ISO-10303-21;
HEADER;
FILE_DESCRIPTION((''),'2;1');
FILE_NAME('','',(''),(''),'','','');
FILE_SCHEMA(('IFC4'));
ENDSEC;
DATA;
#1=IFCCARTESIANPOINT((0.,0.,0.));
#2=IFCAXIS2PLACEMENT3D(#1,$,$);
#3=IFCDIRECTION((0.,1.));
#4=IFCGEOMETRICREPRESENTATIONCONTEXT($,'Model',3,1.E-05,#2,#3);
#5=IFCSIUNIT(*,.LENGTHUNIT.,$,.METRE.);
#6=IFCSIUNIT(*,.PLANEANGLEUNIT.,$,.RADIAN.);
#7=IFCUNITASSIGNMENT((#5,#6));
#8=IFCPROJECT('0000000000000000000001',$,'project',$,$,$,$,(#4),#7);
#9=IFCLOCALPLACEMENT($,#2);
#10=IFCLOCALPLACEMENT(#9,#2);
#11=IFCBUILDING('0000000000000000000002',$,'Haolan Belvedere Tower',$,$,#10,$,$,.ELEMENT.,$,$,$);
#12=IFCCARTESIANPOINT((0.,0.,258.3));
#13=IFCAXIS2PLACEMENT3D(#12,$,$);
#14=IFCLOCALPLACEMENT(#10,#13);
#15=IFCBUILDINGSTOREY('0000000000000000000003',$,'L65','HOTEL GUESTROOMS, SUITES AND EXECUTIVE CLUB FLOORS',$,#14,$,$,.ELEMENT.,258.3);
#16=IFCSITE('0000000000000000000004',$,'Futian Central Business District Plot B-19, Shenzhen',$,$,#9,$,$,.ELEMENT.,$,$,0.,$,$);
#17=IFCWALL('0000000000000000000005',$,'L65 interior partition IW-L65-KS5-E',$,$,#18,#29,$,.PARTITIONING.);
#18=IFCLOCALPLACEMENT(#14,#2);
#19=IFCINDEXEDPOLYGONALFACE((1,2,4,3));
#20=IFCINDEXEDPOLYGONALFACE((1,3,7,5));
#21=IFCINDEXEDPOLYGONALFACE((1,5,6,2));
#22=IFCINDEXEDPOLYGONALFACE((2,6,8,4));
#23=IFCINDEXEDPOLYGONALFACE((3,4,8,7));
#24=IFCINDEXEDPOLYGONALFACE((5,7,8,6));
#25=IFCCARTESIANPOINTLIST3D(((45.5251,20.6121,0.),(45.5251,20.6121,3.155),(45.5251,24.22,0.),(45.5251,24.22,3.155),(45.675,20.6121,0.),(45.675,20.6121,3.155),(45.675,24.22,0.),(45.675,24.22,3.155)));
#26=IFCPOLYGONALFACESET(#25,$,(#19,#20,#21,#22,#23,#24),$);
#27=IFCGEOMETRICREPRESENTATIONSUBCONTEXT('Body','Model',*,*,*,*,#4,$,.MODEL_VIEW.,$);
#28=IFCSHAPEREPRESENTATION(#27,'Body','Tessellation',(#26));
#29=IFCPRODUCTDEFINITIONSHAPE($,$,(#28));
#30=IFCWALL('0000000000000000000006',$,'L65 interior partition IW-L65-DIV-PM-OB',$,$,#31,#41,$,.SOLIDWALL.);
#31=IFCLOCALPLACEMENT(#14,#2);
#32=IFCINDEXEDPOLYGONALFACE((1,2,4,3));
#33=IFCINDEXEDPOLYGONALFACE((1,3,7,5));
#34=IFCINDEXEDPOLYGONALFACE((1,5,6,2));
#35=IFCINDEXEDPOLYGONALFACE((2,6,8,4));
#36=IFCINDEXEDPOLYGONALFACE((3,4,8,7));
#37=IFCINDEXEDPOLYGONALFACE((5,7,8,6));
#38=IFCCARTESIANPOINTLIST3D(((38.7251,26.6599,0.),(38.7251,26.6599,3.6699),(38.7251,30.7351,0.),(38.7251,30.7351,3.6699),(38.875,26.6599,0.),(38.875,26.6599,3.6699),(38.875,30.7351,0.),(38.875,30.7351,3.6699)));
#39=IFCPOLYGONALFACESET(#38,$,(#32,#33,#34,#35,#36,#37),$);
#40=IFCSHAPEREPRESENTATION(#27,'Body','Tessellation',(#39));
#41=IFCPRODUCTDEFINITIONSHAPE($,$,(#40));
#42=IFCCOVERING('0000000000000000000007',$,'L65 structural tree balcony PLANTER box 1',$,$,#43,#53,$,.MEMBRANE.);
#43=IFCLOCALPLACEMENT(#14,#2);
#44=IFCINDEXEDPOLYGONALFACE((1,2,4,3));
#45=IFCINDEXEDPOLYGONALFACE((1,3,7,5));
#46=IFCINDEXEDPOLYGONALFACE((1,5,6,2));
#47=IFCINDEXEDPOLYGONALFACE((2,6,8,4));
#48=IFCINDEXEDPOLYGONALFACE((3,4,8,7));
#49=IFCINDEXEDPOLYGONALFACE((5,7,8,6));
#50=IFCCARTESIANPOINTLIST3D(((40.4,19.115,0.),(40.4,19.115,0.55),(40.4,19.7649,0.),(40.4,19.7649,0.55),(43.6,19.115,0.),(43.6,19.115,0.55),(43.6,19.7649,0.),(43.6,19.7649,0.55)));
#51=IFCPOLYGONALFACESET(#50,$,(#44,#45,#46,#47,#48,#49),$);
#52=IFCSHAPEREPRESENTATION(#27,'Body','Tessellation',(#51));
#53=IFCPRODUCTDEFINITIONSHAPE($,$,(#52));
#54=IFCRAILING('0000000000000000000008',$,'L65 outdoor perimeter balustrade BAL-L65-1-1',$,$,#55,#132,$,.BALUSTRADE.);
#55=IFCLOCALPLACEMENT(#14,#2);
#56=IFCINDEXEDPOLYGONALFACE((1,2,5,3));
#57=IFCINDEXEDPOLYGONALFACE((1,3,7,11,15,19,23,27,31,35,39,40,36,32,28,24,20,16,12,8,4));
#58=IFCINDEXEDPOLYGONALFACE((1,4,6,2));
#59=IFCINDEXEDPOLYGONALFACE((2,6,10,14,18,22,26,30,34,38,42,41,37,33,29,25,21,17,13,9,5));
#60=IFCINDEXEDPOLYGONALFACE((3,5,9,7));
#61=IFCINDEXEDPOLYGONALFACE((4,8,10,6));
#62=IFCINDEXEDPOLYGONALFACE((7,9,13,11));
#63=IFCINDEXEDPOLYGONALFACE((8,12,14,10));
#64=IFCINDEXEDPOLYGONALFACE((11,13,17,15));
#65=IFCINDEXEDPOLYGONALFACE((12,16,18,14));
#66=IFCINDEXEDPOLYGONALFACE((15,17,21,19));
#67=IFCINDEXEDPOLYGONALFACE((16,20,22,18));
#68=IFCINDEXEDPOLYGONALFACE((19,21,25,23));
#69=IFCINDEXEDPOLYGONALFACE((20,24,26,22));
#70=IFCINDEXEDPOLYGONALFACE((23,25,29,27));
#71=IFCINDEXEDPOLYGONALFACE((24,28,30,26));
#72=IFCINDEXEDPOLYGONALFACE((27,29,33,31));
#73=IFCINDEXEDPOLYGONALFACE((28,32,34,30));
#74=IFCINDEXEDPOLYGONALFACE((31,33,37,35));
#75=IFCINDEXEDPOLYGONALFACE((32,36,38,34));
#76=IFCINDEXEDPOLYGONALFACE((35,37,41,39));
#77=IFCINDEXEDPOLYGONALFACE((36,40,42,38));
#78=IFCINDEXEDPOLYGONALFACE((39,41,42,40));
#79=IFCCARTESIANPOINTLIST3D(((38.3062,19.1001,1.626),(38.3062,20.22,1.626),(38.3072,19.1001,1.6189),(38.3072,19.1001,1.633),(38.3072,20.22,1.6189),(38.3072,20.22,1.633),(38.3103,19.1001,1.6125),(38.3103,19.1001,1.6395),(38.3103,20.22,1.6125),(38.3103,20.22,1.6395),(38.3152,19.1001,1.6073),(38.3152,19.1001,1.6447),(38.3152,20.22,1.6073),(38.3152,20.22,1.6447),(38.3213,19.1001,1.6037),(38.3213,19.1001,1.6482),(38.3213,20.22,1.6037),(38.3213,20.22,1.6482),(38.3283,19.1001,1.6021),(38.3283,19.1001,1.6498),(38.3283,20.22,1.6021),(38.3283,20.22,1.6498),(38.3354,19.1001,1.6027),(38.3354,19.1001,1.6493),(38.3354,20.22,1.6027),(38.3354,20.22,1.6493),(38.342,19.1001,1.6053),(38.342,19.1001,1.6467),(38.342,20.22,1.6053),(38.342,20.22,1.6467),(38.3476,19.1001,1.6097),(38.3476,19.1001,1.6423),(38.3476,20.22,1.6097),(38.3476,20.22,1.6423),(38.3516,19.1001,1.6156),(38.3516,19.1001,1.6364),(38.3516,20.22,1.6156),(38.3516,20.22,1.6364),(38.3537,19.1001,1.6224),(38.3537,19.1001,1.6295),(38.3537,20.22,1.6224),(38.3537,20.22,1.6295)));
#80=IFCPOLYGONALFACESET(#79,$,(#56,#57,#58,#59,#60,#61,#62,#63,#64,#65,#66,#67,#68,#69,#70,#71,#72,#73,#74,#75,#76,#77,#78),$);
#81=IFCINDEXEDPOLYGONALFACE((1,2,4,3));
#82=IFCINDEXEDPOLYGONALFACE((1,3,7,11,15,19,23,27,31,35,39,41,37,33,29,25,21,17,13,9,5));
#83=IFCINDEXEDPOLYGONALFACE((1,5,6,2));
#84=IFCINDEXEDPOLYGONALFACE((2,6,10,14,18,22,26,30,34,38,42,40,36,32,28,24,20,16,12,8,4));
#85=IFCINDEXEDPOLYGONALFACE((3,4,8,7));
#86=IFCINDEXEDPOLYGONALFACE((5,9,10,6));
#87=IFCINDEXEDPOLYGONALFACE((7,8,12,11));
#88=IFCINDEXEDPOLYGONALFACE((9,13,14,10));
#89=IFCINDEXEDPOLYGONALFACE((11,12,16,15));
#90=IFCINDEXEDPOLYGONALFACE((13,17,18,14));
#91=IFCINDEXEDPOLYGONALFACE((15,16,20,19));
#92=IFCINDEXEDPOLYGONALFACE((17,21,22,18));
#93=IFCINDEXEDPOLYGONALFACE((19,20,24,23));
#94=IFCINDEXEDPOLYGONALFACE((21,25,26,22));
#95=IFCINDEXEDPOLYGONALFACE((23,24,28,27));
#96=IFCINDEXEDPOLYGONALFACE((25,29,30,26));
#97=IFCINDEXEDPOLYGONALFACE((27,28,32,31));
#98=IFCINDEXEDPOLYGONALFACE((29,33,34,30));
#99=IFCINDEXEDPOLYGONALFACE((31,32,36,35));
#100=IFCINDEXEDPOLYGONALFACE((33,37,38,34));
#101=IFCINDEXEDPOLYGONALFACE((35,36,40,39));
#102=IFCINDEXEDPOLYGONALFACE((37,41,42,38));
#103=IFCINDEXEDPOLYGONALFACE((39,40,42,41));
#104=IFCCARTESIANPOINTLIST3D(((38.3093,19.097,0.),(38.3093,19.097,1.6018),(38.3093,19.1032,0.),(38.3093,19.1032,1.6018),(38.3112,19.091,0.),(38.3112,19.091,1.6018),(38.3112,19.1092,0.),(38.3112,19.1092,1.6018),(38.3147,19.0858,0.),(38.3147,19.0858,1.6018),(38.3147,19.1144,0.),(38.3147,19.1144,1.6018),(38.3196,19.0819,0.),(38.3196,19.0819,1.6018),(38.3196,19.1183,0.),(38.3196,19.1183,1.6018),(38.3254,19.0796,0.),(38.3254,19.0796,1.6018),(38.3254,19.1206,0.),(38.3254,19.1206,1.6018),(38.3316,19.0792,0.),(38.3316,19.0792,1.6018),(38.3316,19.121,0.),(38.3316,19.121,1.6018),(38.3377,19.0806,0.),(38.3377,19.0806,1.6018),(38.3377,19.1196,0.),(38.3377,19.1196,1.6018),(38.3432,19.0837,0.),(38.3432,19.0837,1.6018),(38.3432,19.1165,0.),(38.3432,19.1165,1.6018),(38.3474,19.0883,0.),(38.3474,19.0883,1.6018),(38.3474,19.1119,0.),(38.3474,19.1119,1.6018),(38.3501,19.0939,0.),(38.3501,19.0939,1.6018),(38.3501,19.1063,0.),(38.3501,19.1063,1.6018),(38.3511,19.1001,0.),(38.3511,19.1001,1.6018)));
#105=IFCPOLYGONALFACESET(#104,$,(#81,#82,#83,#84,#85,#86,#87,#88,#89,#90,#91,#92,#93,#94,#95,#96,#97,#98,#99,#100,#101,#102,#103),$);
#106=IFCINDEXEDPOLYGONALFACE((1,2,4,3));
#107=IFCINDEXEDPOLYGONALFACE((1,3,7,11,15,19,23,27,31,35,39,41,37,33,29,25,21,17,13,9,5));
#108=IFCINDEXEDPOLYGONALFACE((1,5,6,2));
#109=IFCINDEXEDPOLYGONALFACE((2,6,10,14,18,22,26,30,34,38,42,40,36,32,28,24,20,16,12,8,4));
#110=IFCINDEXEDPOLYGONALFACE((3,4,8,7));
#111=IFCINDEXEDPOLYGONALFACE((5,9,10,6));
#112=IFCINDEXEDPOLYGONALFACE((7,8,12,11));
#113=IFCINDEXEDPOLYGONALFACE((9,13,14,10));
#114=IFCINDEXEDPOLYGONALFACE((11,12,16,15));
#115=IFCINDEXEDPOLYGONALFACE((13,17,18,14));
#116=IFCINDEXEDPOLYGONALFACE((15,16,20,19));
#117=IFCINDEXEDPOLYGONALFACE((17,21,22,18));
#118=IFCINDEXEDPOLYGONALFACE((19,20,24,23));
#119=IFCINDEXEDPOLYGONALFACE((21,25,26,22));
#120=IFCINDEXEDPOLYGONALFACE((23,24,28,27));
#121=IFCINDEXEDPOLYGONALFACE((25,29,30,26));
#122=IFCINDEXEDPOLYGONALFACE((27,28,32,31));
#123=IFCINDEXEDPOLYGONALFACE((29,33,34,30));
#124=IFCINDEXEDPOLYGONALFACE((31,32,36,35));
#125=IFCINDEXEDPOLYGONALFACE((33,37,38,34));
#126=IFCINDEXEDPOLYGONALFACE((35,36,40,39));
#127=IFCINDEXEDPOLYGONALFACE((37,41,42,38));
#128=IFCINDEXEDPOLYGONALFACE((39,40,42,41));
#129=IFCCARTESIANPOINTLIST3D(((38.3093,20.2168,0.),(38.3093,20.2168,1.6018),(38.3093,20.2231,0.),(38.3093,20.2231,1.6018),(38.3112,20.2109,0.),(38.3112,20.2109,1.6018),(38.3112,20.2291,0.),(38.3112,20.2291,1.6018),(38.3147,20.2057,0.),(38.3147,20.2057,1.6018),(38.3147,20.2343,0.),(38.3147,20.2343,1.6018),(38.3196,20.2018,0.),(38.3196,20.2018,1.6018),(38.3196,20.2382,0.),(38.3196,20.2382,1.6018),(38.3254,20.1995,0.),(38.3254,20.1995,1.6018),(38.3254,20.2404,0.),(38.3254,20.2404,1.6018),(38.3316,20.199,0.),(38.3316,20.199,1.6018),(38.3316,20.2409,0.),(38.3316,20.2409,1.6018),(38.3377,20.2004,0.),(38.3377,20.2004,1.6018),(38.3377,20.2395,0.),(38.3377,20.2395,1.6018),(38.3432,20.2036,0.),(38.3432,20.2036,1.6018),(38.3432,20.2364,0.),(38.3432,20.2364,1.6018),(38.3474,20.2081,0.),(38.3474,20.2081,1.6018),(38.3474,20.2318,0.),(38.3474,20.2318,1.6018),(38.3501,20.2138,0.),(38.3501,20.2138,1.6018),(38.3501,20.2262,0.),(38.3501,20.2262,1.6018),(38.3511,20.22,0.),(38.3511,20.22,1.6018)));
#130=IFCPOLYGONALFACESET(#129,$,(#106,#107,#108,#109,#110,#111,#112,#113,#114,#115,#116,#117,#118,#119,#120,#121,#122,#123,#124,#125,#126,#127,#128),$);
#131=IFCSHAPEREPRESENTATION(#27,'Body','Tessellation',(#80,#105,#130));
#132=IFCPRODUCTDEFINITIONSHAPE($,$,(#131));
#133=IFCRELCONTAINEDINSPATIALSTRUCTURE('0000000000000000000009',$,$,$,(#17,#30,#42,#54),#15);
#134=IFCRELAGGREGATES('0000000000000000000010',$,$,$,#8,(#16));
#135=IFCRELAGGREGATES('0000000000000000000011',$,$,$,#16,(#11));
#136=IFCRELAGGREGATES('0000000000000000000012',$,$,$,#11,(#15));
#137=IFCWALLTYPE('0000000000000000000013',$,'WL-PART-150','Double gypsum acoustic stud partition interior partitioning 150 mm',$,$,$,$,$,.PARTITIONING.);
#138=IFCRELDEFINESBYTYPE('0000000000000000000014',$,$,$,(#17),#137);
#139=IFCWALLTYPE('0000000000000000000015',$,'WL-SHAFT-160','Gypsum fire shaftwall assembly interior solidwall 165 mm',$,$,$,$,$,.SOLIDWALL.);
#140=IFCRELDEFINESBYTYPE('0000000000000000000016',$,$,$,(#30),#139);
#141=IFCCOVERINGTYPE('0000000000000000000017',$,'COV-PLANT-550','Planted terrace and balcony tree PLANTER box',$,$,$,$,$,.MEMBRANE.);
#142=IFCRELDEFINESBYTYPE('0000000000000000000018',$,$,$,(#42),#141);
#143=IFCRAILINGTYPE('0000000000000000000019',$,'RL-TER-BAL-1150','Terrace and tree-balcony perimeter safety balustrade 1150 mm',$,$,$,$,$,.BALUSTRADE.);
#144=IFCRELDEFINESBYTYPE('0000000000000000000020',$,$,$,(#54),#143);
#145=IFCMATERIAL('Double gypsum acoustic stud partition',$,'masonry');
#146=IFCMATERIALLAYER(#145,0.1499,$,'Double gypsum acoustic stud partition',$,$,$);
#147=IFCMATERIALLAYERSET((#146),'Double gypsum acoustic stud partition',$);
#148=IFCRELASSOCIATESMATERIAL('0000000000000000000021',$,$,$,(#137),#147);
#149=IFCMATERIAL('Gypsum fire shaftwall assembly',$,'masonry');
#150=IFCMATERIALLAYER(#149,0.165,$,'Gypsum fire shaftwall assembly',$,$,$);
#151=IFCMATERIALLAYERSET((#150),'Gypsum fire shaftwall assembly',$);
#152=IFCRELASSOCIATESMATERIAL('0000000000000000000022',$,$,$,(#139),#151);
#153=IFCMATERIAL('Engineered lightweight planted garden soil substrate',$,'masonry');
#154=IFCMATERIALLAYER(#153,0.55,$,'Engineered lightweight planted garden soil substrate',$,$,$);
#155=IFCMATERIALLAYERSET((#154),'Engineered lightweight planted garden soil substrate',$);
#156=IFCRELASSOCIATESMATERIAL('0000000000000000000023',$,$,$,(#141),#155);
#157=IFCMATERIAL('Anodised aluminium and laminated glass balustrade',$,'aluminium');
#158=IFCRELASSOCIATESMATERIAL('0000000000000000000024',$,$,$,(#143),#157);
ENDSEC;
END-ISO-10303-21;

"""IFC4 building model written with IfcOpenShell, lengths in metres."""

from ifc_helpers import new_model, si_unit, direction, frame, frame_2d, origin, origin_2d, place, context, subcontext, project, spatial, rectangle, circle, extrude, material, layer, layer_set, type_object, element, save


model = new_model("IFC4")

# Units and contexts
model_context = context("Model", 3, precision=1e-05, world=origin(), true_north=direction((0.0, 1.0)))
body_context = subcontext(model_context, "Body", "Model", "MODEL_VIEW")
ifc_project = project(units=[si_unit("LENGTHUNIT", "METRE"), si_unit("PLANEANGLEUNIT", "RADIAN")], contexts=[model_context])

# Site, building, storey
site_placement = place(None, origin())
site = spatial("IfcSite", under=ifc_project, at=site_placement, Name="Futian Central Business District Plot B-19, Shenzhen", CompositionType="ELEMENT", RefElevation=0.0)
building_placement = place(site_placement, origin())
building = spatial("IfcBuilding", under=site, at=building_placement, Name="Haolan Belvedere Tower", CompositionType="ELEMENT")
storey_placement = place(building_placement, frame((0.0, 0.0, 258.3)))
storey = spatial("IfcBuildingStorey", under=building, at=storey_placement, Name="L65", Description="HOTEL GUESTROOMS, SUITES AND EXECUTIVE CLUB FLOORS", CompositionType="ELEMENT", Elevation=258.3)

# Shared definitions
ifc_material_1 = material(Name="Double gypsum acoustic stud partition", Category="masonry")
ifc_layer_1 = layer(ifc_material_1, 0.1499, Name="Double gypsum acoustic stud partition")
ifc_layer_set_1 = layer_set([ifc_layer_1], Name="Double gypsum acoustic stud partition")
wall_type_1 = type_object("IfcWallType", Name="WL-PART-150", Description="Double gypsum acoustic stud partition interior partitioning 150 mm", PredefinedType="PARTITIONING", material=ifc_layer_set_1)

# Walls
wall_1_placement = place(storey_placement, frame((45.6001, 20.6121, 0.0), z_axis=(0.0, 0.0, 1.0), x_axis=(0.0, 1.0, 0.0)))
element("IfcWall", 1, at=wall_1_placement, inside=storey, type_object=wall_type_1, Name="L65 interior partition IW-L65-KS5-E", PredefinedType="PARTITIONING", context=body_context, shape_type="SweptSolid", body=[
    extrude(rectangle(XDim=3.6079, YDim=0.1499, at=frame_2d((1.804, 0.0))), origin(), (0.0, 0.0, 1.0), 3.155),
])
ifc_material_2 = material(Name="Gypsum fire shaftwall assembly", Category="masonry")
ifc_layer_2 = layer(ifc_material_2, 0.165, Name="Gypsum fire shaftwall assembly")
ifc_layer_set_2 = layer_set([ifc_layer_2], Name="Gypsum fire shaftwall assembly")
wall_type_2 = type_object("IfcWallType", Name="WL-SHAFT-160", Description="Gypsum fire shaftwall assembly interior solidwall 165 mm", PredefinedType="SOLIDWALL", material=ifc_layer_set_2)
wall_2_placement = place(storey_placement, frame((38.8, 26.6599, 0.0), z_axis=(0.0, 0.0, 1.0), x_axis=(0.0, 1.0, 0.0)))
element("IfcWall", 2, at=wall_2_placement, inside=storey, type_object=wall_type_2, Name="L65 interior partition IW-L65-DIV-PM-OB", PredefinedType="SOLIDWALL", context=body_context, shape_type="SweptSolid", body=[
    extrude(rectangle(XDim=4.0752, YDim=0.1499, at=frame_2d((2.0376, 0.0))), origin(), (0.0, 0.0, 1.0), 3.6699),
])

# Covering
ifc_material_3 = material(Name="Engineered lightweight planted garden soil substrate", Category="masonry")
ifc_layer_3 = layer(ifc_material_3, 0.55, Name="Engineered lightweight planted garden soil substrate")
ifc_layer_set_3 = layer_set([ifc_layer_3], Name="Engineered lightweight planted garden soil substrate")
covering_type = type_object("IfcCoveringType", Name="COV-PLANT-550", Description="Planted terrace and balcony tree PLANTER box", PredefinedType="MEMBRANE", material=ifc_layer_set_3)
covering_placement = place(storey_placement, frame((42.0, 19.4399, 0.0), z_axis=(0.0, 0.0, 1.0), x_axis=(1.0, 0.0, 0.0)))
element("IfcCovering", 3, at=covering_placement, inside=storey, type_object=covering_type, Name="L65 structural tree balcony PLANTER box 1", PredefinedType="MEMBRANE", context=body_context, shape_type="SweptSolid", body=[
    extrude(rectangle(XDim=3.2, YDim=0.6499, at=origin_2d()), origin(), (0.0, 0.0, 1.0), 0.55),
])

# Railing
ifc_material_4 = material(Name="Anodised aluminium and laminated glass balustrade", Category="aluminium")
railing_type = type_object("IfcRailingType", Name="RL-TER-BAL-1150", Description="Terrace and tree-balcony perimeter safety balustrade 1150 mm", PredefinedType="BALUSTRADE", material=ifc_material_4)
railing_placement = place(storey_placement, frame((38.3301, 19.1001, 0.0)))
element("IfcRailing", 4, at=railing_placement, inside=storey, type_object=railing_type, Name="L65 outdoor perimeter balustrade BAL-L65-1-1", PredefinedType="BALUSTRADE", context=body_context, shape_type="SweptSolid", body=[
    extrude(circle(Radius=0.0239, at=origin_2d()), frame((0.0, 0.0, 1.626), z_axis=(0.0, 1.0, 0.0), x_axis=(-1.0, 0.0, 0.0)), (0.0, 0.0, 1.0), 1.1199),
    extrude(circle(Radius=0.021, at=origin_2d()), origin(), (0.0, 0.0, 1.0), 1.6018),
    extrude(circle(Radius=0.021, at=origin_2d()), frame((0.0, 1.1199, 0.0)), (0.0, 0.0, 1.0), 1.6018),
])

save(model, "model.ifc")
